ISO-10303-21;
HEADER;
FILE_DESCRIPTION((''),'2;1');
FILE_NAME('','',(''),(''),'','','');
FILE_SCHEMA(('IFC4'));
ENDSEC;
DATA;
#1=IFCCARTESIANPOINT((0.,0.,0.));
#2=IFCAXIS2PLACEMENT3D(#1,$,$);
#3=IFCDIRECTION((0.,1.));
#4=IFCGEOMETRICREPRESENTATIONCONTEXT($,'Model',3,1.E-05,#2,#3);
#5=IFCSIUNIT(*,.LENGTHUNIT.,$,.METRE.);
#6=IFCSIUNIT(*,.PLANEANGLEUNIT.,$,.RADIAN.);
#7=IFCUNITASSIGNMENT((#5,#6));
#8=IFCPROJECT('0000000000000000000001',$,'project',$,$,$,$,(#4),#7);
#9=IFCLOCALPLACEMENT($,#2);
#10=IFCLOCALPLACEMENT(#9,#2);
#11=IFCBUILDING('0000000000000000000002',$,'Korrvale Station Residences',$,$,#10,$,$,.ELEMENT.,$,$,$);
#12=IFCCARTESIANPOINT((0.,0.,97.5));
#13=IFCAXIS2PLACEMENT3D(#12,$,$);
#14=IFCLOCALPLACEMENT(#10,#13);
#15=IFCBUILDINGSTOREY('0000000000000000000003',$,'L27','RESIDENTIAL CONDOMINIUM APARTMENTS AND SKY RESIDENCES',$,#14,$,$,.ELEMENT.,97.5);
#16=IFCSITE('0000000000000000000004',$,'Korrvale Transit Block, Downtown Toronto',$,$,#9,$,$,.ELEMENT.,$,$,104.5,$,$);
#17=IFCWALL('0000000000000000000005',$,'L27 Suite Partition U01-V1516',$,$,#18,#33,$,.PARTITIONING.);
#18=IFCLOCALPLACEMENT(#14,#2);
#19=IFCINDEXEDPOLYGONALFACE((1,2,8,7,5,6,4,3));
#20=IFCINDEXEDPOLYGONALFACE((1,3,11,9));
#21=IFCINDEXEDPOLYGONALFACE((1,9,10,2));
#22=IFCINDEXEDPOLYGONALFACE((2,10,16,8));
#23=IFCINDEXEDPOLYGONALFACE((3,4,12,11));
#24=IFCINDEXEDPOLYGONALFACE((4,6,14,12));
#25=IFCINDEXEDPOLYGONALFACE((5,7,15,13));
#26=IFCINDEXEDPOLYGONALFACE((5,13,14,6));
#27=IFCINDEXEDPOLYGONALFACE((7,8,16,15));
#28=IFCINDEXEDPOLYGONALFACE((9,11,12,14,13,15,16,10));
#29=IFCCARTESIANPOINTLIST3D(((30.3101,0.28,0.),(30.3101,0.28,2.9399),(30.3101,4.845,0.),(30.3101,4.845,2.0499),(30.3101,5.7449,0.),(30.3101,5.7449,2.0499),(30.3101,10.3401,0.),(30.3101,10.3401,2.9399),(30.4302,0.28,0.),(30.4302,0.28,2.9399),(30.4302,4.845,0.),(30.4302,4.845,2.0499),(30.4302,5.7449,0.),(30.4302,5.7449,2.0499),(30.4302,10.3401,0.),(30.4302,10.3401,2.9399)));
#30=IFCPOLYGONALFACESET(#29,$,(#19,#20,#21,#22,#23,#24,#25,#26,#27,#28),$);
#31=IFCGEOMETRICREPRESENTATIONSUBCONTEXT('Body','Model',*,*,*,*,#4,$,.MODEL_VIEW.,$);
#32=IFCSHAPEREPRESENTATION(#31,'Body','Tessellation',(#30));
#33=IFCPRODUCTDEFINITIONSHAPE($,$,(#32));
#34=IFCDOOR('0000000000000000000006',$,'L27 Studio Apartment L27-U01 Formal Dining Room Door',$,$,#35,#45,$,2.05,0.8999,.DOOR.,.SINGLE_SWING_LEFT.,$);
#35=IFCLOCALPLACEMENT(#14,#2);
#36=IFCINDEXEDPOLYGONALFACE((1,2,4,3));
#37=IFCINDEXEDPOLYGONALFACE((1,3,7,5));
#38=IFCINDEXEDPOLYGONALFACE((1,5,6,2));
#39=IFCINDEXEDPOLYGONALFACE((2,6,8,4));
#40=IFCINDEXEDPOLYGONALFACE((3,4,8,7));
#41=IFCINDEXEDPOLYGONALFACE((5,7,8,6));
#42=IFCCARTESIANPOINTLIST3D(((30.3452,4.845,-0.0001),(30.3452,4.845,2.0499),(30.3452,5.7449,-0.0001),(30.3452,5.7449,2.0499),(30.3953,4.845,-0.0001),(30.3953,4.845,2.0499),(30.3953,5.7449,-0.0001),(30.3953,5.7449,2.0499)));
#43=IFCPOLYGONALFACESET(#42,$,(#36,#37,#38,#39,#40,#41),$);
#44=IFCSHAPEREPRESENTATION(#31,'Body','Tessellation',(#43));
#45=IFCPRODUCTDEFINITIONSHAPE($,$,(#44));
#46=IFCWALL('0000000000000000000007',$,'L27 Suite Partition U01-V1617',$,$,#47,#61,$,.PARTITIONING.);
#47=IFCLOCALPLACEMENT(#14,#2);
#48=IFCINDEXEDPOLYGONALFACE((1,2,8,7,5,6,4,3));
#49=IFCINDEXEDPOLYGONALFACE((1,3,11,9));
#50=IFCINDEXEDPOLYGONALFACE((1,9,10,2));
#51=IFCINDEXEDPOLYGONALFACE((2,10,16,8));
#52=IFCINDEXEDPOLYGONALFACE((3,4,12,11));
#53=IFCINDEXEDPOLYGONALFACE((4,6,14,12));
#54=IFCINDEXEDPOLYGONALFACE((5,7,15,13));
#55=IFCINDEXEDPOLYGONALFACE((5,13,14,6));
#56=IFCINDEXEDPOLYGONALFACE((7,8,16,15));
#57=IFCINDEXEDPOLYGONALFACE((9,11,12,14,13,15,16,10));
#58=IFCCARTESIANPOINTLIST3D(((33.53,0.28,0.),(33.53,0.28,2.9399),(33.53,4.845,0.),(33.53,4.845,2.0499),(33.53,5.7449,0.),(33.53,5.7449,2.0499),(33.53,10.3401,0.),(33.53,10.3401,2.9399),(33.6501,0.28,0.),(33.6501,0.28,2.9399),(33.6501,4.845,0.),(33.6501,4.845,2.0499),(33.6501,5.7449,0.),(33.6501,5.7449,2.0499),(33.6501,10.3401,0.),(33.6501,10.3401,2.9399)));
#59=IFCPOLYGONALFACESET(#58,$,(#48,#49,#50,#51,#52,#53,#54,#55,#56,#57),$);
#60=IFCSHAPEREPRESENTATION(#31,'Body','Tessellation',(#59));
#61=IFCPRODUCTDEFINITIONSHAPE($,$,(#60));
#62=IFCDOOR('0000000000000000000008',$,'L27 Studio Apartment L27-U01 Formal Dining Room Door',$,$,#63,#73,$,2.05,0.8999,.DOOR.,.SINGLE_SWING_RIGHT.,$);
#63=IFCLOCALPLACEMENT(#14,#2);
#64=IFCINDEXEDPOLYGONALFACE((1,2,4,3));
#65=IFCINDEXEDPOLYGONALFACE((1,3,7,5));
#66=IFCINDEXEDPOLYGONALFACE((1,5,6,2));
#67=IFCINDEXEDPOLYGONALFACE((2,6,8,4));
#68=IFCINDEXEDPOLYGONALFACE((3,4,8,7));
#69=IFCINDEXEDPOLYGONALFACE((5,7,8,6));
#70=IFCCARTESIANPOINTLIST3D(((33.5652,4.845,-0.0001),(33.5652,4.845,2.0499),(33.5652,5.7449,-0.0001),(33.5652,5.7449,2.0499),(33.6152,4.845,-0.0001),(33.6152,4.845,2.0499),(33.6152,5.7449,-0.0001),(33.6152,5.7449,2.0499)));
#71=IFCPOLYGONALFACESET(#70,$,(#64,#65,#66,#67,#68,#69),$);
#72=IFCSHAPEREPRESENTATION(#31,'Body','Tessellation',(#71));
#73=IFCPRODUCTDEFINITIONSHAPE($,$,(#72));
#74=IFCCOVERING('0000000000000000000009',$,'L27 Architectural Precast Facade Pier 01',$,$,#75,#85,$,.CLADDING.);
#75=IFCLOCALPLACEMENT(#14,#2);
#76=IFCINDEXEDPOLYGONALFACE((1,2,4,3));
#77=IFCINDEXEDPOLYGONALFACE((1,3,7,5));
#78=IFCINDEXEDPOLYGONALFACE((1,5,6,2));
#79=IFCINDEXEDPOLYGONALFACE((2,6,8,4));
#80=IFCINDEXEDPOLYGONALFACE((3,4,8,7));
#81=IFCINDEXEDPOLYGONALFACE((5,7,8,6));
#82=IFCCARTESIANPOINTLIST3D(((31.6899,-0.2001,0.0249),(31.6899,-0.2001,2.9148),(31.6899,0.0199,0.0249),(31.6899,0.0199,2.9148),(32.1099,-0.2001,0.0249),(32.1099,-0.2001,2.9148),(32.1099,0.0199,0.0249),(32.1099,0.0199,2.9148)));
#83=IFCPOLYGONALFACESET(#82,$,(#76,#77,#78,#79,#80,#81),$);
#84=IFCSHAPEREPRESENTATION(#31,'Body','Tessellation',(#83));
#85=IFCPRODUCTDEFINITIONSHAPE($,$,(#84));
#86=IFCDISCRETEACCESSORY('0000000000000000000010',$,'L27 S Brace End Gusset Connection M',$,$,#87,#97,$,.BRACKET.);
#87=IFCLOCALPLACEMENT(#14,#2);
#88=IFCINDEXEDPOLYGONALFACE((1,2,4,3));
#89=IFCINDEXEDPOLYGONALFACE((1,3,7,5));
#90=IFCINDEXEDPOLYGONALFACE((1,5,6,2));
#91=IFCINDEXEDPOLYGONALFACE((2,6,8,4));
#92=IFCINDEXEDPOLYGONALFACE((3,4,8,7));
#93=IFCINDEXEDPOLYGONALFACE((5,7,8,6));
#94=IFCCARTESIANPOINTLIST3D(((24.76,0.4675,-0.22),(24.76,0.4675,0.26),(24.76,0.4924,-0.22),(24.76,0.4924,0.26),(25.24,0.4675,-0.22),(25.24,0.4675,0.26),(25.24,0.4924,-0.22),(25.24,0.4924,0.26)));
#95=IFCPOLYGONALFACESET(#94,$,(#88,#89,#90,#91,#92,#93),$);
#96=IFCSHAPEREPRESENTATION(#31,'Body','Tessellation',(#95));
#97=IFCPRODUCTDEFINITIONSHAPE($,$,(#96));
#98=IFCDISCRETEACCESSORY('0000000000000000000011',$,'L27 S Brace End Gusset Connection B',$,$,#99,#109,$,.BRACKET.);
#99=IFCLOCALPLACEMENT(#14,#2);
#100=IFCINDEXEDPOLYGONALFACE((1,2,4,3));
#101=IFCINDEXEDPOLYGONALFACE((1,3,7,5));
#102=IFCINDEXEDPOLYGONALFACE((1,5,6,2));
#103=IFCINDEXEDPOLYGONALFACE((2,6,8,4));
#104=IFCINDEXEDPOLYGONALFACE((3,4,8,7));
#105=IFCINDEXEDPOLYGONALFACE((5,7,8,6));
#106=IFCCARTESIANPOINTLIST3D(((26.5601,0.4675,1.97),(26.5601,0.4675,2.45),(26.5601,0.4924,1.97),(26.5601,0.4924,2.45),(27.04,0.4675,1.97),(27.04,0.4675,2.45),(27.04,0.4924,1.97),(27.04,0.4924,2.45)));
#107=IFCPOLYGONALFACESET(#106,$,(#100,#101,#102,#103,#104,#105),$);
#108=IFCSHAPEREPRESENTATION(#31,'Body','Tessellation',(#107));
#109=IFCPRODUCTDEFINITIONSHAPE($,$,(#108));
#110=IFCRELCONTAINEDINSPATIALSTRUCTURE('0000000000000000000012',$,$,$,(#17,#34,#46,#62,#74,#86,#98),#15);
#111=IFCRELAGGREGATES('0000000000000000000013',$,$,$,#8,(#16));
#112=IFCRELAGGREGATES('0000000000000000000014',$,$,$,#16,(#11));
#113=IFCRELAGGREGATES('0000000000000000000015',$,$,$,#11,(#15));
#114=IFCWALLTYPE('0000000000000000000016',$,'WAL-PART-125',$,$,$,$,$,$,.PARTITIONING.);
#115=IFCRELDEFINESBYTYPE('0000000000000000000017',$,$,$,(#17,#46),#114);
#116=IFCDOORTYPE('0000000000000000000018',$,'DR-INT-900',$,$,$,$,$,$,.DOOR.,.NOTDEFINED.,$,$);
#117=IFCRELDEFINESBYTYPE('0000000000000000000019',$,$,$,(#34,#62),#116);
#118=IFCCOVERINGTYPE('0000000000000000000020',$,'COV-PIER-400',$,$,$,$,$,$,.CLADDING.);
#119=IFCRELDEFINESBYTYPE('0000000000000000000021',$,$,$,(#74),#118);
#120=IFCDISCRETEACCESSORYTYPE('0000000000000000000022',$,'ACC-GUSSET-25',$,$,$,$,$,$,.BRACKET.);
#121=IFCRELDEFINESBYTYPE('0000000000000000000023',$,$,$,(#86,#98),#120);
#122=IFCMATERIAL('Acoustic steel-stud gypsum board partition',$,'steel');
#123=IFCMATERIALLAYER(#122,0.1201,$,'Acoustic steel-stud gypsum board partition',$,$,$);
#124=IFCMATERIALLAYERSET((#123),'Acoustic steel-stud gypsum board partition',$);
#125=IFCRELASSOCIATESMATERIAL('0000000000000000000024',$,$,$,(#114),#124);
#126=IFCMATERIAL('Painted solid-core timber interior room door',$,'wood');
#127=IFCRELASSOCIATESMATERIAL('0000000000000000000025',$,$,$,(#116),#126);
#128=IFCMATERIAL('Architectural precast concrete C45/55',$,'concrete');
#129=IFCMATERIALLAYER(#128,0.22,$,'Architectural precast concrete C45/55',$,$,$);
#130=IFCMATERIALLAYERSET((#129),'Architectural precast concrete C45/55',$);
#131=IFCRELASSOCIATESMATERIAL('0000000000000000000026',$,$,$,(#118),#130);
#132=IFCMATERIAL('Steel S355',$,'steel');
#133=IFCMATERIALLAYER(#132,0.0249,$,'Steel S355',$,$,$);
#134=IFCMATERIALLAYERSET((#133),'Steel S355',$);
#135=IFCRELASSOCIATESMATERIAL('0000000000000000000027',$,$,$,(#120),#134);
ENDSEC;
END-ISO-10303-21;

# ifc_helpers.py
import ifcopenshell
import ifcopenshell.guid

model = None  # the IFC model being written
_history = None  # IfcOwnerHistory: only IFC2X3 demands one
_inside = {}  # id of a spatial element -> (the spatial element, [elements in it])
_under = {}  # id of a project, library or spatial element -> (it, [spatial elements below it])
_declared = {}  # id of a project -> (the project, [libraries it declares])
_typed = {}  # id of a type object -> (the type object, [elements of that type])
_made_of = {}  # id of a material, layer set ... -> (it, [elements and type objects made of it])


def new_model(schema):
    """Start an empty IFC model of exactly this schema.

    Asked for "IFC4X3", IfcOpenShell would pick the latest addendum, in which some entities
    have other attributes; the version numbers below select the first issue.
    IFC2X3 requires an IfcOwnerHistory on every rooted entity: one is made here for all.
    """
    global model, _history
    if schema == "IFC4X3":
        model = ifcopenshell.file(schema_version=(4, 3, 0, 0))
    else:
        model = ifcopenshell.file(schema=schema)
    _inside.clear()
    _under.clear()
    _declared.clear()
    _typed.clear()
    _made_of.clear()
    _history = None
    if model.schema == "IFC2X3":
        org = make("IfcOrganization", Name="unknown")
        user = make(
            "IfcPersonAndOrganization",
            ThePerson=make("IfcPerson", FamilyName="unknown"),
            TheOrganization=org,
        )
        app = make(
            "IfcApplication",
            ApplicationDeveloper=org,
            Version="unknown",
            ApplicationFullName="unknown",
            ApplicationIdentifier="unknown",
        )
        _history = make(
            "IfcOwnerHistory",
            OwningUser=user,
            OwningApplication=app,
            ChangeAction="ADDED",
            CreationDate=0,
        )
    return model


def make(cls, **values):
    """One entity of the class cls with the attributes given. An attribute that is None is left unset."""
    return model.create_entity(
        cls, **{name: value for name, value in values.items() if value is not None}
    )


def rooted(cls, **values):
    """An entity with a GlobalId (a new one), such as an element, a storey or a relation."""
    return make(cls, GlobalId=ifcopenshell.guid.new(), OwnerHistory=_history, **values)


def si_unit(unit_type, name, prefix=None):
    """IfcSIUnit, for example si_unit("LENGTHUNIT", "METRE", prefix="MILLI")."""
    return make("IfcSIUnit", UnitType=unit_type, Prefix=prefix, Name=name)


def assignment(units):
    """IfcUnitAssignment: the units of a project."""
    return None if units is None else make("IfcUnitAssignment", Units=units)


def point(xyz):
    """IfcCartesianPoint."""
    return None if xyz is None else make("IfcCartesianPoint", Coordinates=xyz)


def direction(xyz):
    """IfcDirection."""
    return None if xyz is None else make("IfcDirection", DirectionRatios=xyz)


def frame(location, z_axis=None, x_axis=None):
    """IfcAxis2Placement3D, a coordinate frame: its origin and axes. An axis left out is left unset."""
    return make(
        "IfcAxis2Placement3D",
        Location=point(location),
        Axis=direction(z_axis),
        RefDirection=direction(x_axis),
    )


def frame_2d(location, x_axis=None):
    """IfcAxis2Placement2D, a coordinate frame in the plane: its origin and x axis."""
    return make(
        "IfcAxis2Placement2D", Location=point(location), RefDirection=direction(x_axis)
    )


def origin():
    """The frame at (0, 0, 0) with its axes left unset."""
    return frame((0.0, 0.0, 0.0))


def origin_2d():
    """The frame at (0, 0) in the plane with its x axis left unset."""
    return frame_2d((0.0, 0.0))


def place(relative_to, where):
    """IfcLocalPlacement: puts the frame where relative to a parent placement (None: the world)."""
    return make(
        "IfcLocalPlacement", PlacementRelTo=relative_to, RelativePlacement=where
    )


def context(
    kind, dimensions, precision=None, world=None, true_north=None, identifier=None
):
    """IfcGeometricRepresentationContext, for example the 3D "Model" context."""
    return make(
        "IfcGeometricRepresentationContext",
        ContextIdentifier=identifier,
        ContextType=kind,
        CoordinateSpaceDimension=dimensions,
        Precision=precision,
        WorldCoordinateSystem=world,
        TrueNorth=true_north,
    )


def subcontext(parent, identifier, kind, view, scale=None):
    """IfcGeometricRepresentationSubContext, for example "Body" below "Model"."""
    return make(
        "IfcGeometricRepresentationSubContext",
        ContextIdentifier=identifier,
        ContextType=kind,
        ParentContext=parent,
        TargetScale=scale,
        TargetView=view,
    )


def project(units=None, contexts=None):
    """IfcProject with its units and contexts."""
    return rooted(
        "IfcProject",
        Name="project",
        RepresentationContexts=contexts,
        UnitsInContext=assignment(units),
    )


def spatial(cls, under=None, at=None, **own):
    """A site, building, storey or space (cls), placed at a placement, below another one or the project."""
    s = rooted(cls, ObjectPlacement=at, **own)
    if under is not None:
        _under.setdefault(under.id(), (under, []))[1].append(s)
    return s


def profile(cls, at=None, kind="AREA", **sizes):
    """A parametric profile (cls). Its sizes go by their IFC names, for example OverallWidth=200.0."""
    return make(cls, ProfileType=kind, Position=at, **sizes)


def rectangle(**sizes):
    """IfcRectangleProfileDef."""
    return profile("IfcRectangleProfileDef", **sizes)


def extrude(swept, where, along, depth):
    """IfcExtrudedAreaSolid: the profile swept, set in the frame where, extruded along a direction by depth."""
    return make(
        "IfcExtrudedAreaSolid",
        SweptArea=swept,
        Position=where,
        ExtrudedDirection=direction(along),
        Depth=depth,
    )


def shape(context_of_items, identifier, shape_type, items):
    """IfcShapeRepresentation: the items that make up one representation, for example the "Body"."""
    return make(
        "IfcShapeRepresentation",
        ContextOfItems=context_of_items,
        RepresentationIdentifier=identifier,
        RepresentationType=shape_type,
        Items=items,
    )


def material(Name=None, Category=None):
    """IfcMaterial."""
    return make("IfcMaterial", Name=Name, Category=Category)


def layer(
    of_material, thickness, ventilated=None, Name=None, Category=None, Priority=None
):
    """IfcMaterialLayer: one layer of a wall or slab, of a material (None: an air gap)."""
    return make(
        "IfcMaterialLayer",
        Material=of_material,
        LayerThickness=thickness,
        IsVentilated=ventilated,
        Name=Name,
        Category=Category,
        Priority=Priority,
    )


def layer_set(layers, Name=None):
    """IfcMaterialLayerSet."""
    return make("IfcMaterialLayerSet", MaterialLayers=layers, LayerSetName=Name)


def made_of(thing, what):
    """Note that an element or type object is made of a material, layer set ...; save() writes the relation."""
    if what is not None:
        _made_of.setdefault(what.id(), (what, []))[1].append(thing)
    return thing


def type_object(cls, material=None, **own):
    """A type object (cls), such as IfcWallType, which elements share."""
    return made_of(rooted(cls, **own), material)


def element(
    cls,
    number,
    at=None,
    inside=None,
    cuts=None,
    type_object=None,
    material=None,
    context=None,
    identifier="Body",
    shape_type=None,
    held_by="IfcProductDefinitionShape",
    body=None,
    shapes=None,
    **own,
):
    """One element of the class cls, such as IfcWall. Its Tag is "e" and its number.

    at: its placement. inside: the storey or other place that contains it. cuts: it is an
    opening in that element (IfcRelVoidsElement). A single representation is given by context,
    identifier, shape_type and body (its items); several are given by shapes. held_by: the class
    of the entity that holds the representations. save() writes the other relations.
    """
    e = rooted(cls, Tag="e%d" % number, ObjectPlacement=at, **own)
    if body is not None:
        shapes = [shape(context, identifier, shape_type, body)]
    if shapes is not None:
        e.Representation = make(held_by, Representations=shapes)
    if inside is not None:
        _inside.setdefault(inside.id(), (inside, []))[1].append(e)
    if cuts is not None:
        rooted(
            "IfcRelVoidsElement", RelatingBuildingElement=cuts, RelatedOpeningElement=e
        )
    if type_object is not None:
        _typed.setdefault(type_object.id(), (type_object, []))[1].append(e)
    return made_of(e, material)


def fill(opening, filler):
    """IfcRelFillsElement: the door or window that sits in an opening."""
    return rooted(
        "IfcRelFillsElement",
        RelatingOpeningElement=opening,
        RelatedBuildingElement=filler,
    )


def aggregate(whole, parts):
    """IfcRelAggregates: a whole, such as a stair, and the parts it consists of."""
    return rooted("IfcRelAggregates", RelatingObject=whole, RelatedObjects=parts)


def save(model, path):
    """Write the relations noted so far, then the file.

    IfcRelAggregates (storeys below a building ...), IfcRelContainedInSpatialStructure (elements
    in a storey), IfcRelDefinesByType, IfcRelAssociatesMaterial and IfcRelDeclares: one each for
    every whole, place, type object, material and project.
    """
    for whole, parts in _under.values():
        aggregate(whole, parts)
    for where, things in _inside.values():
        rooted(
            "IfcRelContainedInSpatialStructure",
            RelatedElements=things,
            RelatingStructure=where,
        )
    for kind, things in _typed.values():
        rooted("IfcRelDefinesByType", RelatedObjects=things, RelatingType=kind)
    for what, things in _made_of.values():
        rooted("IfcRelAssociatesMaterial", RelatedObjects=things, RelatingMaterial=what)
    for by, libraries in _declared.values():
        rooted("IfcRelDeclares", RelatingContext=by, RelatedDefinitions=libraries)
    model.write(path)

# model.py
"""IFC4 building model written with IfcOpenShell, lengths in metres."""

from ifc_helpers import new_model, si_unit, direction, frame, frame_2d, origin, origin_2d, place, context, subcontext, project, spatial, rectangle, extrude, material, layer, layer_set, type_object, element, fill, save


model = new_model("IFC4")

# Units and contexts
model_context = context("Model", 3, precision=1e-05, world=origin(), true_north=direction((0.0, 1.0)))
body_context = subcontext(model_context, "Body", "Model", "MODEL_VIEW")
ifc_project = project(units=[si_unit("LENGTHUNIT", "METRE"), si_unit("PLANEANGLEUNIT", "RADIAN")], contexts=[model_context])

# Site, building, storey
site_placement = place(None, origin())
site = spatial("IfcSite", under=ifc_project, at=site_placement, Name="Korrvale Transit Block, Downtown Toronto", CompositionType="ELEMENT", RefElevation=104.5)
building_placement = place(site_placement, origin())
building = spatial("IfcBuilding", under=site, at=building_placement, Name="Korrvale Station Residences", CompositionType="ELEMENT")
storey_placement = place(building_placement, frame((0.0, 0.0, 97.5)))
storey = spatial("IfcBuildingStorey", under=building, at=storey_placement, Name="L27", Description="RESIDENTIAL CONDOMINIUM APARTMENTS AND SKY RESIDENCES", CompositionType="ELEMENT", Elevation=97.5)

# Shared definitions
ifc_material_1 = material(Name="Steel S355", Category="steel")

# Walls, openings, doors
ifc_material_2 = material(Name="Acoustic steel-stud gypsum board partition", Category="steel")
ifc_layer_1 = layer(ifc_material_2, 0.1201, Name="Acoustic steel-stud gypsum board partition")
ifc_layer_set_1 = layer_set([ifc_layer_1], Name="Acoustic steel-stud gypsum board partition")
wall_type = type_object("IfcWallType", Name="WAL-PART-125", PredefinedType="PARTITIONING", material=ifc_layer_set_1)
ifc_material_3 = material(Name="Painted solid-core timber interior room door", Category="wood")
door_type = type_object("IfcDoorType", Name="DR-INT-900", OperationType="NOTDEFINED", PredefinedType="DOOR", material=ifc_material_3)
wall_1_placement = place(storey_placement, frame((30.3701, 0.28, 0.0), z_axis=(0.0, 0.0, 1.0), x_axis=(0.0, 1.0, 0.0)))
wall_1 = element("IfcWall", 1, at=wall_1_placement, inside=storey, type_object=wall_type, Name="L27 Suite Partition U01-V1516", PredefinedType="PARTITIONING", context=body_context, shape_type="SweptSolid", body=[
    extrude(rectangle(XDim=10.0601, YDim=0.1201, at=frame_2d((5.03, 0.0))), origin(), (0.0, 0.0, 1.0), 2.9399),
])
opening_1_placement = place(wall_1_placement, frame((4.5649, 0.0, 0.0)))
opening_1 = element("IfcOpeningElement", 2, at=opening_1_placement, cuts=wall_1, PredefinedType="OPENING", context=body_context, shape_type="SweptSolid", body=[
    extrude(rectangle(XDim=0.8999, YDim=2.05, at=frame_2d((0.45, 1.0249))), frame((0.0, 0.0701, 0.0), z_axis=(0.0, -1.0, 0.0), x_axis=(1.0, 0.0, 0.0)), (0.0, 0.0, 1.0), 0.1401),
])
door_1_placement = place(opening_1_placement, origin())
door_1 = element("IfcDoor", 3, at=door_1_placement, inside=storey, type_object=door_type, Name="L27 Studio Apartment L27-U01 Formal Dining Room Door", OperationType="SINGLE_SWING_LEFT", OverallHeight=2.05, OverallWidth=0.8999, PredefinedType="DOOR", context=body_context, shape_type="SweptSolid", body=[
    extrude(rectangle(XDim=0.8999, YDim=2.05, at=frame_2d((0.45, 1.0249))), frame((0.0, 0.0249, 0.0), z_axis=(0.0, -1.0, 0.0), x_axis=(1.0, 0.0, 0.0)), (0.0, 0.0, 1.0), 0.05),
])
fill(opening_1, door_1)
wall_2_placement = place(storey_placement, frame((33.5901, 0.28, 0.0), z_axis=(0.0, 0.0, 1.0), x_axis=(0.0, 1.0, 0.0)))
wall_2 = element("IfcWall", 4, at=wall_2_placement, inside=storey, type_object=wall_type, Name="L27 Suite Partition U01-V1617", PredefinedType="PARTITIONING", context=body_context, shape_type="SweptSolid", body=[
    extrude(rectangle(XDim=10.0601, YDim=0.1201, at=frame_2d((5.03, 0.0))), origin(), (0.0, 0.0, 1.0), 2.9399),
])
opening_2_placement = place(wall_2_placement, frame((4.5649, 0.0, 0.0)))
opening_2 = element("IfcOpeningElement", 5, at=opening_2_placement, cuts=wall_2, PredefinedType="OPENING", context=body_context, shape_type="SweptSolid", body=[
    extrude(rectangle(XDim=0.8999, YDim=2.05, at=frame_2d((0.45, 1.0249))), frame((0.0, 0.0701, 0.0), z_axis=(0.0, -1.0, 0.0), x_axis=(1.0, 0.0, 0.0)), (0.0, 0.0, 1.0), 0.1401),
])
door_2_placement = place(opening_2_placement, origin())
door_2 = element("IfcDoor", 6, at=door_2_placement, inside=storey, type_object=door_type, Name="L27 Studio Apartment L27-U01 Formal Dining Room Door", OperationType="SINGLE_SWING_RIGHT", OverallHeight=2.05, OverallWidth=0.8999, PredefinedType="DOOR", context=body_context, shape_type="SweptSolid", body=[
    extrude(rectangle(XDim=0.8999, YDim=2.05, at=frame_2d((0.45, 1.0249))), frame((0.0, 0.0249, 0.0), z_axis=(0.0, -1.0, 0.0), x_axis=(1.0, 0.0, 0.0)), (0.0, 0.0, 1.0), 0.05),
])
fill(opening_2, door_2)

# Covering
ifc_material_4 = material(Name="Architectural precast concrete C45/55", Category="concrete")
ifc_layer_2 = layer(ifc_material_4, 0.22, Name="Architectural precast concrete C45/55")
ifc_layer_set_2 = layer_set([ifc_layer_2], Name="Architectural precast concrete C45/55")
covering_type = type_object("IfcCoveringType", Name="COV-PIER-400", PredefinedType="CLADDING", material=ifc_layer_set_2)
covering_placement = place(storey_placement, frame((31.8999, -0.0901, 0.0249), z_axis=(0.0, 0.0, 1.0), x_axis=(1.0, 0.0, 0.0)))
element("IfcCovering", 7, at=covering_placement, inside=storey, type_object=covering_type, Name="L27 Architectural Precast Facade Pier 01", PredefinedType="CLADDING", context=body_context, shape_type="SweptSolid", body=[
    extrude(rectangle(XDim=0.4199, YDim=0.22, at=origin_2d()), origin(), (0.0, 0.0, 1.0), 2.8899),
])

# Discrete accessories
ifc_layer_3 = layer(ifc_material_1, 0.0249, Name="Steel S355")
ifc_layer_set_3 = layer_set([ifc_layer_3], Name="Steel S355")
discrete_accessory_type = type_object("IfcDiscreteAccessoryType", Name="ACC-GUSSET-25", PredefinedType="BRACKET", material=ifc_layer_set_3)
for number, where, z_axis, x_axis, name in (
    (8, (25.0, 0.48, -0.22), (0.0, 0.0, 1.0), (1.0, 0.0, 0.0), "L27 S Brace End Gusset Connection M"),
    (9, (26.8, 0.48, 1.97), (0.0, 0.0, 1.0), (1.0, 0.0, 0.0), "L27 S Brace End Gusset Connection B"),
):
    element("IfcDiscreteAccessory", number, at=place(storey_placement, frame(where, z_axis=z_axis, x_axis=x_axis)), inside=storey, type_object=discrete_accessory_type, Name=name, PredefinedType="BRACKET", context=body_context, shape_type="SweptSolid", body=[
        extrude(rectangle(XDim=0.48, YDim=0.0249, at=origin_2d()), origin(), (0.0, 0.0, 1.0), 0.48),
    ])

save(model, "model.ifc")
